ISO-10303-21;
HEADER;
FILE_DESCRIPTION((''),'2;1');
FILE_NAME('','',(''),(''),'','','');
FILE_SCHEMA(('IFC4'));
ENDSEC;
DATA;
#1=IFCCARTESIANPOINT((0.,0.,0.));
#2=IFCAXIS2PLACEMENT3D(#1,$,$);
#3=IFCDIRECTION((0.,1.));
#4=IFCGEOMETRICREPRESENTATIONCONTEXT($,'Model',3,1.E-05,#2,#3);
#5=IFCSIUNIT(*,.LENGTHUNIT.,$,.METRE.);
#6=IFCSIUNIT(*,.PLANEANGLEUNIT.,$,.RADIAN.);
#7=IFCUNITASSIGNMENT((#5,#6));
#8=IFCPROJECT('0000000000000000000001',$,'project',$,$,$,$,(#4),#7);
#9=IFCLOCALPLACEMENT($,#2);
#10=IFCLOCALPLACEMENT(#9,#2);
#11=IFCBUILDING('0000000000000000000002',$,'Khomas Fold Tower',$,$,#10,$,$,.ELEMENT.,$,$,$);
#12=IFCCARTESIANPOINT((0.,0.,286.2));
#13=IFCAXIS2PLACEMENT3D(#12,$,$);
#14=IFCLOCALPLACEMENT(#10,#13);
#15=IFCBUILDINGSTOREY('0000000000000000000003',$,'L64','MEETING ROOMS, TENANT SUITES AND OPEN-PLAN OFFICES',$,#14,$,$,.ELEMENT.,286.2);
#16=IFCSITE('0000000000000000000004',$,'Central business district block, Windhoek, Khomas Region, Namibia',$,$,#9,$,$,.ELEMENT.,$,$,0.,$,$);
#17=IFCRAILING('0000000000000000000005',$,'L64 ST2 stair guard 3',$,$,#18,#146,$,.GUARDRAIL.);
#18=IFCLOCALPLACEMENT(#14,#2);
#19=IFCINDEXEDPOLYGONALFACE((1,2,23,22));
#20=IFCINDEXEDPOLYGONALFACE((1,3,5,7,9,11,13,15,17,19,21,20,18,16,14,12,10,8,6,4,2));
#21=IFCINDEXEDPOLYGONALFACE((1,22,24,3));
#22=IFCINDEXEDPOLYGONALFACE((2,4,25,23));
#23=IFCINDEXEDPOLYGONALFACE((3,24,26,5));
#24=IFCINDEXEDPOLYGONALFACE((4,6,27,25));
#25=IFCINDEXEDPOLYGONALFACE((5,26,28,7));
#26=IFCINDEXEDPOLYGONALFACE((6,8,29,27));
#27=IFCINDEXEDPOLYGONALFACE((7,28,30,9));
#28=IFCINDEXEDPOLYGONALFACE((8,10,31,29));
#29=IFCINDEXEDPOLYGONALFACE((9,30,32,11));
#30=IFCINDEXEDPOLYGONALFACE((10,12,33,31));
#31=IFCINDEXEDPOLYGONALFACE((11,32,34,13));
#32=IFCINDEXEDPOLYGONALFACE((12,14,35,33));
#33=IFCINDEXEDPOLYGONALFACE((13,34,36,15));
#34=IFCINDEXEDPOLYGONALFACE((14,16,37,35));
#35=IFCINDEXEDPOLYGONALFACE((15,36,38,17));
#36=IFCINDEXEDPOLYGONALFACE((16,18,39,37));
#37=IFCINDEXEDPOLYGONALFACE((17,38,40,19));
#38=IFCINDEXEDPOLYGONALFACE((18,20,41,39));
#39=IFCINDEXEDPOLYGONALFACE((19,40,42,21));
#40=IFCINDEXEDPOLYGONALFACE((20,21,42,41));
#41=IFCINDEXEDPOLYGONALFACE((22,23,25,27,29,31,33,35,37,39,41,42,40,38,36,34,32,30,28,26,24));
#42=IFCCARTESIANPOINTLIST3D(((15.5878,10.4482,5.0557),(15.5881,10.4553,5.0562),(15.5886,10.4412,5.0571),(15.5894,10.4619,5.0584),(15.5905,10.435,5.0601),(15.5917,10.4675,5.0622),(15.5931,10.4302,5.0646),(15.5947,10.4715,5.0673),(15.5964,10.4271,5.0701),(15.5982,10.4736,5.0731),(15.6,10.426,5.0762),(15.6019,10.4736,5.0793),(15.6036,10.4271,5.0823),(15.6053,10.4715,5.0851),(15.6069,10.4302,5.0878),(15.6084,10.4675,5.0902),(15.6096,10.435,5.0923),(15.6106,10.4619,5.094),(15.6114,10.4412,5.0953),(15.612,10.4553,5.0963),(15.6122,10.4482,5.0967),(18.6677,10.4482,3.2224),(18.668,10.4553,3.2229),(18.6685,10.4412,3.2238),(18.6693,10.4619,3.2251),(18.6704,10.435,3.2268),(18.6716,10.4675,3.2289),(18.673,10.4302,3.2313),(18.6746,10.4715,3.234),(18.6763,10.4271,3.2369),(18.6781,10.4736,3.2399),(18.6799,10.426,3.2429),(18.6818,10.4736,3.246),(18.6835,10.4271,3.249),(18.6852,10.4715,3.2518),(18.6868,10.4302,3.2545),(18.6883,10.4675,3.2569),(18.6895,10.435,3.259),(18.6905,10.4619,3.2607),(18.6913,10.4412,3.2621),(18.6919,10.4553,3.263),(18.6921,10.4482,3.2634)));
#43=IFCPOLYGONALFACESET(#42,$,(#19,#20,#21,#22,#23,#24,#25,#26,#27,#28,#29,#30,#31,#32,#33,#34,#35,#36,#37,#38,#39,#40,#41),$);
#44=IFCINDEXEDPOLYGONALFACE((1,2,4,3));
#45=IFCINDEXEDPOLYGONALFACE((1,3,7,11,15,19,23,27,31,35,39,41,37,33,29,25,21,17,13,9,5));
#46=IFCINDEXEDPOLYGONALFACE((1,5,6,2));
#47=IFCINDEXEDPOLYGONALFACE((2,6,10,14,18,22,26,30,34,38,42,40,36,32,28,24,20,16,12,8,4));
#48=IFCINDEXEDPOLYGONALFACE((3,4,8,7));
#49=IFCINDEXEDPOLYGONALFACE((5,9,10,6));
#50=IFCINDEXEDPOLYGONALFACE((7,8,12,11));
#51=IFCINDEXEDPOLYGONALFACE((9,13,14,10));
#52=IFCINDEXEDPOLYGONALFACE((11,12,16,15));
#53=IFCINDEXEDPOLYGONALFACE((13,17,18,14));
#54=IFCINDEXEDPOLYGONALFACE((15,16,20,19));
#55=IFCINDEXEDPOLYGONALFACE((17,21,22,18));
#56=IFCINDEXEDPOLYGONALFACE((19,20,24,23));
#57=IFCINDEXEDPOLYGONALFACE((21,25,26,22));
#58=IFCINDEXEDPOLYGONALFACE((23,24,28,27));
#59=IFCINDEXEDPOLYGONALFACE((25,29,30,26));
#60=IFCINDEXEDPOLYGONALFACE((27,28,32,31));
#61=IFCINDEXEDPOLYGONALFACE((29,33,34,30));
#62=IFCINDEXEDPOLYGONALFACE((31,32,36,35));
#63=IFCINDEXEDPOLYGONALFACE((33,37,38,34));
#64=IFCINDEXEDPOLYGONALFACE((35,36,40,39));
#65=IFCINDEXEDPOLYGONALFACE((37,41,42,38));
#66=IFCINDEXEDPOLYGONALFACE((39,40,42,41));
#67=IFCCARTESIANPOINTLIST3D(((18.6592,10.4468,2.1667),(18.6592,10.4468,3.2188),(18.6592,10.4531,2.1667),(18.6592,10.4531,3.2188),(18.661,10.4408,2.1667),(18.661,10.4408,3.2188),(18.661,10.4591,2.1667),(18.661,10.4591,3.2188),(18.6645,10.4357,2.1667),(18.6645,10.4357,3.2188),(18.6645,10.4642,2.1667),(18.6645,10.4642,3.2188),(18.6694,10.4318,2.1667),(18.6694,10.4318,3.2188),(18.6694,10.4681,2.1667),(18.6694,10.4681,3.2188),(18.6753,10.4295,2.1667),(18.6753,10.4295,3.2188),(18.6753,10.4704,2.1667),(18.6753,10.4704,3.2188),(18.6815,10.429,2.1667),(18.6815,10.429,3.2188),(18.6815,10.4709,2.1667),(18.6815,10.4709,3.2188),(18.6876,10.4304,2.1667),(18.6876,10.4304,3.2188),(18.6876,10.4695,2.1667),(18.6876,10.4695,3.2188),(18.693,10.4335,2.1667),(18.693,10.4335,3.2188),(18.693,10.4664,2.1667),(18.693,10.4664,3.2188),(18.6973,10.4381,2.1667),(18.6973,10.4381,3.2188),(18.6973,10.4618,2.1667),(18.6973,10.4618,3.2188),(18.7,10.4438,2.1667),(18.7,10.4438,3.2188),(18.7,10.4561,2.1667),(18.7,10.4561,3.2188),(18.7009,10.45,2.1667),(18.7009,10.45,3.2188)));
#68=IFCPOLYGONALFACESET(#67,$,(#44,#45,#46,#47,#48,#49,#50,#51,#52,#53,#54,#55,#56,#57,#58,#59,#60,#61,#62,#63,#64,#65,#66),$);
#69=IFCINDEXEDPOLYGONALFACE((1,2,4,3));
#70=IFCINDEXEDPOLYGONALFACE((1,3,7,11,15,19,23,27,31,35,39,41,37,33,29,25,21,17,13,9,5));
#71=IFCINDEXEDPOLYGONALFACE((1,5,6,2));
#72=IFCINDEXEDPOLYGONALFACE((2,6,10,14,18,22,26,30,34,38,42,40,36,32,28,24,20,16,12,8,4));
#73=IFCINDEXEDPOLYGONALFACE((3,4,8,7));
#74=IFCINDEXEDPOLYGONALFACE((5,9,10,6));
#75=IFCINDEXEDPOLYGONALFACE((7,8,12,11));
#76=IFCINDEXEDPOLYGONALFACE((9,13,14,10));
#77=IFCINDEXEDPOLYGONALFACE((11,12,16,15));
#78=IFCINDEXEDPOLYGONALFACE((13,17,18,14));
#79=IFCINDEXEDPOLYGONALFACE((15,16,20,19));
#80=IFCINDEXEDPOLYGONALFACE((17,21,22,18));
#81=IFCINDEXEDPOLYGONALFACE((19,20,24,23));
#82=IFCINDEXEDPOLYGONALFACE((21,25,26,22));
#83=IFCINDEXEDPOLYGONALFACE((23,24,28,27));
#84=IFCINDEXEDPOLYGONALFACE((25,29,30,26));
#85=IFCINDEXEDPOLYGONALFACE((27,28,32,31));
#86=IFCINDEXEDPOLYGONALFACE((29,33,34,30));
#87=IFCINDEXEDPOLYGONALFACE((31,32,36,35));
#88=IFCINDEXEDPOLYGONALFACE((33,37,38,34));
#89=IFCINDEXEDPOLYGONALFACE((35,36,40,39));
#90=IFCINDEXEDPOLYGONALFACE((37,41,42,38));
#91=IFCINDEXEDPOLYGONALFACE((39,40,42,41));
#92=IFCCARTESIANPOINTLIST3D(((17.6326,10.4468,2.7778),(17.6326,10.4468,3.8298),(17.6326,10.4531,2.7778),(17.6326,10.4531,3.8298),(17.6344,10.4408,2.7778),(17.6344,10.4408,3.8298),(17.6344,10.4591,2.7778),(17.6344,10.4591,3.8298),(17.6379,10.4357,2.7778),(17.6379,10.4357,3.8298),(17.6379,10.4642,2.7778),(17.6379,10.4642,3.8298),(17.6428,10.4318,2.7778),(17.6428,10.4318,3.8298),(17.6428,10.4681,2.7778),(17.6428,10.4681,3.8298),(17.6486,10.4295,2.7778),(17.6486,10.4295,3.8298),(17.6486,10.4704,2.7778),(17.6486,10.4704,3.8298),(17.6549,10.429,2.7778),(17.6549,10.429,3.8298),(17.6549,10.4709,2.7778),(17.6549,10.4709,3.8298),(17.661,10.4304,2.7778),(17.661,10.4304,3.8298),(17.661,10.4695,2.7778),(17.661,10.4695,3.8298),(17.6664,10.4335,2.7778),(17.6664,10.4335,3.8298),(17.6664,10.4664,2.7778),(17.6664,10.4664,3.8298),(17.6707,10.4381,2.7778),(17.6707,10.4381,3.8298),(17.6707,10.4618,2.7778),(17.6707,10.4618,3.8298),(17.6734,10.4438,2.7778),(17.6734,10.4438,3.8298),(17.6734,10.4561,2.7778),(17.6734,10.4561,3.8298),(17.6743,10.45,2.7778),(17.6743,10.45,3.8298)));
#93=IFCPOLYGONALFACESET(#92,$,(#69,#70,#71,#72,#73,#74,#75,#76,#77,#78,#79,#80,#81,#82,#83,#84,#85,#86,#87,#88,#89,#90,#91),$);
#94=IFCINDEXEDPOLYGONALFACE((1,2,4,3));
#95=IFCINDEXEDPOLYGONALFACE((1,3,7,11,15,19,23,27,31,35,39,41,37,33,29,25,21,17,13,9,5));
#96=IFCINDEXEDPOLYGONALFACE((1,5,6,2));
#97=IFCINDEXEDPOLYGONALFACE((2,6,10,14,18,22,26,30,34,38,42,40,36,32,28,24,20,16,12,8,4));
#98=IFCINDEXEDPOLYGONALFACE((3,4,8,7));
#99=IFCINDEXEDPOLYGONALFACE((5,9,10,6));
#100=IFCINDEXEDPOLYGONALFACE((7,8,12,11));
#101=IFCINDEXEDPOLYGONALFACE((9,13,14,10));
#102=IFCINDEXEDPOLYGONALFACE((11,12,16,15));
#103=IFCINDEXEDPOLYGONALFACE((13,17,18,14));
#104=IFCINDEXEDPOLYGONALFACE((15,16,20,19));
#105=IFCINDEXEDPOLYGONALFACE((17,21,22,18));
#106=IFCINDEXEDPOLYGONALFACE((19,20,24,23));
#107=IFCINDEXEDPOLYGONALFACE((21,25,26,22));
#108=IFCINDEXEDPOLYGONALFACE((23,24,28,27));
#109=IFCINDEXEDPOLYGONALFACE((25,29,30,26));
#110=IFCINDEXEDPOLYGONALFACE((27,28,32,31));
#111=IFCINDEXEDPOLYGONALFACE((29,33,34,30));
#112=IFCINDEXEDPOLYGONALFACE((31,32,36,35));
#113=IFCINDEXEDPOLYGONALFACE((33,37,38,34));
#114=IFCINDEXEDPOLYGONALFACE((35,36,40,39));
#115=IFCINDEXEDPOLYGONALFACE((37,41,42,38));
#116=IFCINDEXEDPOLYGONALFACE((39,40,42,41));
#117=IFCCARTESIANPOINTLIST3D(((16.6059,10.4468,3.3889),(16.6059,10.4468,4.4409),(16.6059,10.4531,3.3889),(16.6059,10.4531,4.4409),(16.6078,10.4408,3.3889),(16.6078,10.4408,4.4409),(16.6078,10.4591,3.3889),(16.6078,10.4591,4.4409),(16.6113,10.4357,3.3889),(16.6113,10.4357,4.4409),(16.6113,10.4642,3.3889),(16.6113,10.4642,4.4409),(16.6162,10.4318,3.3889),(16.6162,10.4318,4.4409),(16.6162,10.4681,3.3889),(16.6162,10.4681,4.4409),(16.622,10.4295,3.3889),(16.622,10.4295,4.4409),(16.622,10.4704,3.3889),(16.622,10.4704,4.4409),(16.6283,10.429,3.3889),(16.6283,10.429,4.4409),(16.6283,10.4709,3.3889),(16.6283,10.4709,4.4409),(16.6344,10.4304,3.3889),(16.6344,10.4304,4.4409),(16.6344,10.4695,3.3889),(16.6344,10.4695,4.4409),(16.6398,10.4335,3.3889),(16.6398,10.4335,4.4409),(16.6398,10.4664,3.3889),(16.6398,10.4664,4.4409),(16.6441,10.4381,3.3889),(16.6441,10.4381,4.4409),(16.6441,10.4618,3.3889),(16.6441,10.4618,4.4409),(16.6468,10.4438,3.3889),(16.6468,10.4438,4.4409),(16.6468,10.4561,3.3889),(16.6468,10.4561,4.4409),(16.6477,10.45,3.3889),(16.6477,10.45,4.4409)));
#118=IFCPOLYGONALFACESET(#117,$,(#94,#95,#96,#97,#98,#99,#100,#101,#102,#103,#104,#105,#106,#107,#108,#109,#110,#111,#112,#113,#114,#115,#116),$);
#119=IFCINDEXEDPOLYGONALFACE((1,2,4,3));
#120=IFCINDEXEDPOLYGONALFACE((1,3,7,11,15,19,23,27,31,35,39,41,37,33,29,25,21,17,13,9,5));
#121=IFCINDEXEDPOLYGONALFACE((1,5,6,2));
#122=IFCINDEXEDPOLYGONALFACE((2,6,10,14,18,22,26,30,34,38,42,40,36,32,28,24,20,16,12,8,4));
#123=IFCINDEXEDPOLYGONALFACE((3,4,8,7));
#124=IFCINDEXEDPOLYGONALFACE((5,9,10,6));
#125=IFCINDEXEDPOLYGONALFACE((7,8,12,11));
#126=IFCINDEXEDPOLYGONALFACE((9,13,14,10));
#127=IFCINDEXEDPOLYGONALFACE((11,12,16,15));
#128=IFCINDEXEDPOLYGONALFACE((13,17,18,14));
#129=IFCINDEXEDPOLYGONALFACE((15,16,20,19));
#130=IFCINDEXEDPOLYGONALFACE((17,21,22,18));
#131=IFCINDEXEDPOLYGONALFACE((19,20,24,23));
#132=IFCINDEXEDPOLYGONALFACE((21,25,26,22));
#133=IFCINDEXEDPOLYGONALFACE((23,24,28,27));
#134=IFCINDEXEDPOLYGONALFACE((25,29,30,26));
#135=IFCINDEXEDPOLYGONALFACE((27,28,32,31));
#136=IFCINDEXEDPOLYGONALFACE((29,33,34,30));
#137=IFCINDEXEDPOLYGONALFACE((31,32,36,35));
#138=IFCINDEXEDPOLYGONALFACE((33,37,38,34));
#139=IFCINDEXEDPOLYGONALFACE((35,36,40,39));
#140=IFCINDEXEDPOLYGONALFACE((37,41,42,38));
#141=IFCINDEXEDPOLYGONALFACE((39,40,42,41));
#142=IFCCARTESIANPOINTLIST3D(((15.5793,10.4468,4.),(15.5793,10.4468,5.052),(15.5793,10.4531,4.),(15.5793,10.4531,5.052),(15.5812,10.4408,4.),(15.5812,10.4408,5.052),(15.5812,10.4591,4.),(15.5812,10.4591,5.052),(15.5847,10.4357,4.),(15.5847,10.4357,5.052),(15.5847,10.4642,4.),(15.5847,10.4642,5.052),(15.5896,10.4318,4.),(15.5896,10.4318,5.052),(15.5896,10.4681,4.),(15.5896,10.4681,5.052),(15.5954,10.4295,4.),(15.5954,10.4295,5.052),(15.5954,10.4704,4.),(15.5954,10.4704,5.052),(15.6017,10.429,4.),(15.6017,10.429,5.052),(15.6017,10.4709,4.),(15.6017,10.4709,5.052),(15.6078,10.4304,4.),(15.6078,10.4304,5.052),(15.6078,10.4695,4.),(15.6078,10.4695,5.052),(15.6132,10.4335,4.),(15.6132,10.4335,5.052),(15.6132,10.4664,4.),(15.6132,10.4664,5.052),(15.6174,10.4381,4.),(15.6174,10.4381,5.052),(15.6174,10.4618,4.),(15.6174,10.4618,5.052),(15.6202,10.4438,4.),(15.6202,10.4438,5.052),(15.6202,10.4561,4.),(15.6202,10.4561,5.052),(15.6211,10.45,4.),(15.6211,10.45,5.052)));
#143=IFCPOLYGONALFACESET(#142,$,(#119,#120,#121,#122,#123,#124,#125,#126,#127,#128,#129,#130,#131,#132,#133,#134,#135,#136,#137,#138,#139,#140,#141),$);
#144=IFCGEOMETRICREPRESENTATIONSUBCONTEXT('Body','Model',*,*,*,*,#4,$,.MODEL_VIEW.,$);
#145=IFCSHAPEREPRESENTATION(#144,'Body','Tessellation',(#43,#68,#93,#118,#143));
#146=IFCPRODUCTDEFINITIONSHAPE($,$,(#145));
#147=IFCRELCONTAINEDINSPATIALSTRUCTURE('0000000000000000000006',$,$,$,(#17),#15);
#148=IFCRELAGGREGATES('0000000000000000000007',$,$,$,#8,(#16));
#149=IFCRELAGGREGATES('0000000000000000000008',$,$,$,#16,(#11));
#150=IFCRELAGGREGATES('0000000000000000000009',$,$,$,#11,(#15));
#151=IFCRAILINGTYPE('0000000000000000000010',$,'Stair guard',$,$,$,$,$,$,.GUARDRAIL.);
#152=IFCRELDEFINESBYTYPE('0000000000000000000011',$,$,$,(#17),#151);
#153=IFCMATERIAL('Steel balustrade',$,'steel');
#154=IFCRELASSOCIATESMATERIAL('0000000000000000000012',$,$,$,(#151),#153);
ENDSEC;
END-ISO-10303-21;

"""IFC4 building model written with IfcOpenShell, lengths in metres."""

from ifc_helpers import new_model, si_unit, direction, frame, origin, origin_2d, place, context, subcontext, project, spatial, circle, extrude, source, transform, mapped, material, type_object, element, save


model = new_model("IFC4")

# Units and contexts
model_context = context("Model", 3, precision=1e-05, world=origin(), true_north=direction((0.0, 1.0)))
body_context = subcontext(model_context, "Body", "Model", "MODEL_VIEW")
ifc_project = project(units=[si_unit("LENGTHUNIT", "METRE"), si_unit("PLANEANGLEUNIT", "RADIAN")], contexts=[model_context])

# Site, building, storey
site_placement = place(None, origin())
site = spatial("IfcSite", under=ifc_project, at=site_placement, Name="Central business district block, Windhoek, Khomas Region, Namibia", CompositionType="ELEMENT", RefElevation=0.0)
building_placement = place(site_placement, origin())
building = spatial("IfcBuilding", under=site, at=building_placement, Name="Khomas Fold Tower", CompositionType="ELEMENT")
storey_placement = place(building_placement, frame((0.0, 0.0, 286.2)))
storey = spatial("IfcBuildingStorey", under=building, at=storey_placement, Name="L64", Description="MEETING ROOMS, TENANT SUITES AND OPEN-PLAN OFFICES", CompositionType="ELEMENT", Elevation=286.2)

# Railing
ifc_material_1 = material(Name="Steel balustrade", Category="steel")
railing_type_1 = type_object("IfcRailingType", Name="Stair guard", PredefinedType="GUARDRAIL", material=ifc_material_1)
shared_shape_1 = source(origin(), body_context, "Body", "SweptSolid", [
    extrude(circle(Radius=0.0239, at=origin_2d()), frame((0.0, 0.0, 1.0762), z_axis=(-0.859291, 0.0, 0.511487), x_axis=(0.0, -1.0, 0.0)), (0.0, 0.0, 1.0), 3.5842),
    extrude(circle(Radius=0.021, at=origin_2d()), origin(), (0.0, 0.0, 1.0), 1.052),
    extrude(circle(Radius=0.021, at=origin_2d()), frame((-1.0266, 0.0, 0.6111)), (0.0, 0.0, 1.0), 1.052),
    extrude(circle(Radius=0.021, at=origin_2d()), frame((-2.0532, 0.0, 1.2222)), (0.0, 0.0, 1.0), 1.052),
    extrude(circle(Radius=0.021, at=origin_2d()), frame((-3.0798, 0.0, 1.8333)), (0.0, 0.0, 1.0), 1.052),
])
railing_1_placement = place(storey_placement, frame((18.6799, 10.45, 2.1667)))
element("IfcRailing", 1, at=railing_1_placement, inside=storey, type_object=railing_type_1, Name="L64 ST2 stair guard 3", PredefinedType="GUARDRAIL", context=body_context, shape_type="MappedRepresentation", body=[
    mapped(shared_shape_1, transform((0.0, 0.0, 0.0))),
])

save(model, "model.ifc")
